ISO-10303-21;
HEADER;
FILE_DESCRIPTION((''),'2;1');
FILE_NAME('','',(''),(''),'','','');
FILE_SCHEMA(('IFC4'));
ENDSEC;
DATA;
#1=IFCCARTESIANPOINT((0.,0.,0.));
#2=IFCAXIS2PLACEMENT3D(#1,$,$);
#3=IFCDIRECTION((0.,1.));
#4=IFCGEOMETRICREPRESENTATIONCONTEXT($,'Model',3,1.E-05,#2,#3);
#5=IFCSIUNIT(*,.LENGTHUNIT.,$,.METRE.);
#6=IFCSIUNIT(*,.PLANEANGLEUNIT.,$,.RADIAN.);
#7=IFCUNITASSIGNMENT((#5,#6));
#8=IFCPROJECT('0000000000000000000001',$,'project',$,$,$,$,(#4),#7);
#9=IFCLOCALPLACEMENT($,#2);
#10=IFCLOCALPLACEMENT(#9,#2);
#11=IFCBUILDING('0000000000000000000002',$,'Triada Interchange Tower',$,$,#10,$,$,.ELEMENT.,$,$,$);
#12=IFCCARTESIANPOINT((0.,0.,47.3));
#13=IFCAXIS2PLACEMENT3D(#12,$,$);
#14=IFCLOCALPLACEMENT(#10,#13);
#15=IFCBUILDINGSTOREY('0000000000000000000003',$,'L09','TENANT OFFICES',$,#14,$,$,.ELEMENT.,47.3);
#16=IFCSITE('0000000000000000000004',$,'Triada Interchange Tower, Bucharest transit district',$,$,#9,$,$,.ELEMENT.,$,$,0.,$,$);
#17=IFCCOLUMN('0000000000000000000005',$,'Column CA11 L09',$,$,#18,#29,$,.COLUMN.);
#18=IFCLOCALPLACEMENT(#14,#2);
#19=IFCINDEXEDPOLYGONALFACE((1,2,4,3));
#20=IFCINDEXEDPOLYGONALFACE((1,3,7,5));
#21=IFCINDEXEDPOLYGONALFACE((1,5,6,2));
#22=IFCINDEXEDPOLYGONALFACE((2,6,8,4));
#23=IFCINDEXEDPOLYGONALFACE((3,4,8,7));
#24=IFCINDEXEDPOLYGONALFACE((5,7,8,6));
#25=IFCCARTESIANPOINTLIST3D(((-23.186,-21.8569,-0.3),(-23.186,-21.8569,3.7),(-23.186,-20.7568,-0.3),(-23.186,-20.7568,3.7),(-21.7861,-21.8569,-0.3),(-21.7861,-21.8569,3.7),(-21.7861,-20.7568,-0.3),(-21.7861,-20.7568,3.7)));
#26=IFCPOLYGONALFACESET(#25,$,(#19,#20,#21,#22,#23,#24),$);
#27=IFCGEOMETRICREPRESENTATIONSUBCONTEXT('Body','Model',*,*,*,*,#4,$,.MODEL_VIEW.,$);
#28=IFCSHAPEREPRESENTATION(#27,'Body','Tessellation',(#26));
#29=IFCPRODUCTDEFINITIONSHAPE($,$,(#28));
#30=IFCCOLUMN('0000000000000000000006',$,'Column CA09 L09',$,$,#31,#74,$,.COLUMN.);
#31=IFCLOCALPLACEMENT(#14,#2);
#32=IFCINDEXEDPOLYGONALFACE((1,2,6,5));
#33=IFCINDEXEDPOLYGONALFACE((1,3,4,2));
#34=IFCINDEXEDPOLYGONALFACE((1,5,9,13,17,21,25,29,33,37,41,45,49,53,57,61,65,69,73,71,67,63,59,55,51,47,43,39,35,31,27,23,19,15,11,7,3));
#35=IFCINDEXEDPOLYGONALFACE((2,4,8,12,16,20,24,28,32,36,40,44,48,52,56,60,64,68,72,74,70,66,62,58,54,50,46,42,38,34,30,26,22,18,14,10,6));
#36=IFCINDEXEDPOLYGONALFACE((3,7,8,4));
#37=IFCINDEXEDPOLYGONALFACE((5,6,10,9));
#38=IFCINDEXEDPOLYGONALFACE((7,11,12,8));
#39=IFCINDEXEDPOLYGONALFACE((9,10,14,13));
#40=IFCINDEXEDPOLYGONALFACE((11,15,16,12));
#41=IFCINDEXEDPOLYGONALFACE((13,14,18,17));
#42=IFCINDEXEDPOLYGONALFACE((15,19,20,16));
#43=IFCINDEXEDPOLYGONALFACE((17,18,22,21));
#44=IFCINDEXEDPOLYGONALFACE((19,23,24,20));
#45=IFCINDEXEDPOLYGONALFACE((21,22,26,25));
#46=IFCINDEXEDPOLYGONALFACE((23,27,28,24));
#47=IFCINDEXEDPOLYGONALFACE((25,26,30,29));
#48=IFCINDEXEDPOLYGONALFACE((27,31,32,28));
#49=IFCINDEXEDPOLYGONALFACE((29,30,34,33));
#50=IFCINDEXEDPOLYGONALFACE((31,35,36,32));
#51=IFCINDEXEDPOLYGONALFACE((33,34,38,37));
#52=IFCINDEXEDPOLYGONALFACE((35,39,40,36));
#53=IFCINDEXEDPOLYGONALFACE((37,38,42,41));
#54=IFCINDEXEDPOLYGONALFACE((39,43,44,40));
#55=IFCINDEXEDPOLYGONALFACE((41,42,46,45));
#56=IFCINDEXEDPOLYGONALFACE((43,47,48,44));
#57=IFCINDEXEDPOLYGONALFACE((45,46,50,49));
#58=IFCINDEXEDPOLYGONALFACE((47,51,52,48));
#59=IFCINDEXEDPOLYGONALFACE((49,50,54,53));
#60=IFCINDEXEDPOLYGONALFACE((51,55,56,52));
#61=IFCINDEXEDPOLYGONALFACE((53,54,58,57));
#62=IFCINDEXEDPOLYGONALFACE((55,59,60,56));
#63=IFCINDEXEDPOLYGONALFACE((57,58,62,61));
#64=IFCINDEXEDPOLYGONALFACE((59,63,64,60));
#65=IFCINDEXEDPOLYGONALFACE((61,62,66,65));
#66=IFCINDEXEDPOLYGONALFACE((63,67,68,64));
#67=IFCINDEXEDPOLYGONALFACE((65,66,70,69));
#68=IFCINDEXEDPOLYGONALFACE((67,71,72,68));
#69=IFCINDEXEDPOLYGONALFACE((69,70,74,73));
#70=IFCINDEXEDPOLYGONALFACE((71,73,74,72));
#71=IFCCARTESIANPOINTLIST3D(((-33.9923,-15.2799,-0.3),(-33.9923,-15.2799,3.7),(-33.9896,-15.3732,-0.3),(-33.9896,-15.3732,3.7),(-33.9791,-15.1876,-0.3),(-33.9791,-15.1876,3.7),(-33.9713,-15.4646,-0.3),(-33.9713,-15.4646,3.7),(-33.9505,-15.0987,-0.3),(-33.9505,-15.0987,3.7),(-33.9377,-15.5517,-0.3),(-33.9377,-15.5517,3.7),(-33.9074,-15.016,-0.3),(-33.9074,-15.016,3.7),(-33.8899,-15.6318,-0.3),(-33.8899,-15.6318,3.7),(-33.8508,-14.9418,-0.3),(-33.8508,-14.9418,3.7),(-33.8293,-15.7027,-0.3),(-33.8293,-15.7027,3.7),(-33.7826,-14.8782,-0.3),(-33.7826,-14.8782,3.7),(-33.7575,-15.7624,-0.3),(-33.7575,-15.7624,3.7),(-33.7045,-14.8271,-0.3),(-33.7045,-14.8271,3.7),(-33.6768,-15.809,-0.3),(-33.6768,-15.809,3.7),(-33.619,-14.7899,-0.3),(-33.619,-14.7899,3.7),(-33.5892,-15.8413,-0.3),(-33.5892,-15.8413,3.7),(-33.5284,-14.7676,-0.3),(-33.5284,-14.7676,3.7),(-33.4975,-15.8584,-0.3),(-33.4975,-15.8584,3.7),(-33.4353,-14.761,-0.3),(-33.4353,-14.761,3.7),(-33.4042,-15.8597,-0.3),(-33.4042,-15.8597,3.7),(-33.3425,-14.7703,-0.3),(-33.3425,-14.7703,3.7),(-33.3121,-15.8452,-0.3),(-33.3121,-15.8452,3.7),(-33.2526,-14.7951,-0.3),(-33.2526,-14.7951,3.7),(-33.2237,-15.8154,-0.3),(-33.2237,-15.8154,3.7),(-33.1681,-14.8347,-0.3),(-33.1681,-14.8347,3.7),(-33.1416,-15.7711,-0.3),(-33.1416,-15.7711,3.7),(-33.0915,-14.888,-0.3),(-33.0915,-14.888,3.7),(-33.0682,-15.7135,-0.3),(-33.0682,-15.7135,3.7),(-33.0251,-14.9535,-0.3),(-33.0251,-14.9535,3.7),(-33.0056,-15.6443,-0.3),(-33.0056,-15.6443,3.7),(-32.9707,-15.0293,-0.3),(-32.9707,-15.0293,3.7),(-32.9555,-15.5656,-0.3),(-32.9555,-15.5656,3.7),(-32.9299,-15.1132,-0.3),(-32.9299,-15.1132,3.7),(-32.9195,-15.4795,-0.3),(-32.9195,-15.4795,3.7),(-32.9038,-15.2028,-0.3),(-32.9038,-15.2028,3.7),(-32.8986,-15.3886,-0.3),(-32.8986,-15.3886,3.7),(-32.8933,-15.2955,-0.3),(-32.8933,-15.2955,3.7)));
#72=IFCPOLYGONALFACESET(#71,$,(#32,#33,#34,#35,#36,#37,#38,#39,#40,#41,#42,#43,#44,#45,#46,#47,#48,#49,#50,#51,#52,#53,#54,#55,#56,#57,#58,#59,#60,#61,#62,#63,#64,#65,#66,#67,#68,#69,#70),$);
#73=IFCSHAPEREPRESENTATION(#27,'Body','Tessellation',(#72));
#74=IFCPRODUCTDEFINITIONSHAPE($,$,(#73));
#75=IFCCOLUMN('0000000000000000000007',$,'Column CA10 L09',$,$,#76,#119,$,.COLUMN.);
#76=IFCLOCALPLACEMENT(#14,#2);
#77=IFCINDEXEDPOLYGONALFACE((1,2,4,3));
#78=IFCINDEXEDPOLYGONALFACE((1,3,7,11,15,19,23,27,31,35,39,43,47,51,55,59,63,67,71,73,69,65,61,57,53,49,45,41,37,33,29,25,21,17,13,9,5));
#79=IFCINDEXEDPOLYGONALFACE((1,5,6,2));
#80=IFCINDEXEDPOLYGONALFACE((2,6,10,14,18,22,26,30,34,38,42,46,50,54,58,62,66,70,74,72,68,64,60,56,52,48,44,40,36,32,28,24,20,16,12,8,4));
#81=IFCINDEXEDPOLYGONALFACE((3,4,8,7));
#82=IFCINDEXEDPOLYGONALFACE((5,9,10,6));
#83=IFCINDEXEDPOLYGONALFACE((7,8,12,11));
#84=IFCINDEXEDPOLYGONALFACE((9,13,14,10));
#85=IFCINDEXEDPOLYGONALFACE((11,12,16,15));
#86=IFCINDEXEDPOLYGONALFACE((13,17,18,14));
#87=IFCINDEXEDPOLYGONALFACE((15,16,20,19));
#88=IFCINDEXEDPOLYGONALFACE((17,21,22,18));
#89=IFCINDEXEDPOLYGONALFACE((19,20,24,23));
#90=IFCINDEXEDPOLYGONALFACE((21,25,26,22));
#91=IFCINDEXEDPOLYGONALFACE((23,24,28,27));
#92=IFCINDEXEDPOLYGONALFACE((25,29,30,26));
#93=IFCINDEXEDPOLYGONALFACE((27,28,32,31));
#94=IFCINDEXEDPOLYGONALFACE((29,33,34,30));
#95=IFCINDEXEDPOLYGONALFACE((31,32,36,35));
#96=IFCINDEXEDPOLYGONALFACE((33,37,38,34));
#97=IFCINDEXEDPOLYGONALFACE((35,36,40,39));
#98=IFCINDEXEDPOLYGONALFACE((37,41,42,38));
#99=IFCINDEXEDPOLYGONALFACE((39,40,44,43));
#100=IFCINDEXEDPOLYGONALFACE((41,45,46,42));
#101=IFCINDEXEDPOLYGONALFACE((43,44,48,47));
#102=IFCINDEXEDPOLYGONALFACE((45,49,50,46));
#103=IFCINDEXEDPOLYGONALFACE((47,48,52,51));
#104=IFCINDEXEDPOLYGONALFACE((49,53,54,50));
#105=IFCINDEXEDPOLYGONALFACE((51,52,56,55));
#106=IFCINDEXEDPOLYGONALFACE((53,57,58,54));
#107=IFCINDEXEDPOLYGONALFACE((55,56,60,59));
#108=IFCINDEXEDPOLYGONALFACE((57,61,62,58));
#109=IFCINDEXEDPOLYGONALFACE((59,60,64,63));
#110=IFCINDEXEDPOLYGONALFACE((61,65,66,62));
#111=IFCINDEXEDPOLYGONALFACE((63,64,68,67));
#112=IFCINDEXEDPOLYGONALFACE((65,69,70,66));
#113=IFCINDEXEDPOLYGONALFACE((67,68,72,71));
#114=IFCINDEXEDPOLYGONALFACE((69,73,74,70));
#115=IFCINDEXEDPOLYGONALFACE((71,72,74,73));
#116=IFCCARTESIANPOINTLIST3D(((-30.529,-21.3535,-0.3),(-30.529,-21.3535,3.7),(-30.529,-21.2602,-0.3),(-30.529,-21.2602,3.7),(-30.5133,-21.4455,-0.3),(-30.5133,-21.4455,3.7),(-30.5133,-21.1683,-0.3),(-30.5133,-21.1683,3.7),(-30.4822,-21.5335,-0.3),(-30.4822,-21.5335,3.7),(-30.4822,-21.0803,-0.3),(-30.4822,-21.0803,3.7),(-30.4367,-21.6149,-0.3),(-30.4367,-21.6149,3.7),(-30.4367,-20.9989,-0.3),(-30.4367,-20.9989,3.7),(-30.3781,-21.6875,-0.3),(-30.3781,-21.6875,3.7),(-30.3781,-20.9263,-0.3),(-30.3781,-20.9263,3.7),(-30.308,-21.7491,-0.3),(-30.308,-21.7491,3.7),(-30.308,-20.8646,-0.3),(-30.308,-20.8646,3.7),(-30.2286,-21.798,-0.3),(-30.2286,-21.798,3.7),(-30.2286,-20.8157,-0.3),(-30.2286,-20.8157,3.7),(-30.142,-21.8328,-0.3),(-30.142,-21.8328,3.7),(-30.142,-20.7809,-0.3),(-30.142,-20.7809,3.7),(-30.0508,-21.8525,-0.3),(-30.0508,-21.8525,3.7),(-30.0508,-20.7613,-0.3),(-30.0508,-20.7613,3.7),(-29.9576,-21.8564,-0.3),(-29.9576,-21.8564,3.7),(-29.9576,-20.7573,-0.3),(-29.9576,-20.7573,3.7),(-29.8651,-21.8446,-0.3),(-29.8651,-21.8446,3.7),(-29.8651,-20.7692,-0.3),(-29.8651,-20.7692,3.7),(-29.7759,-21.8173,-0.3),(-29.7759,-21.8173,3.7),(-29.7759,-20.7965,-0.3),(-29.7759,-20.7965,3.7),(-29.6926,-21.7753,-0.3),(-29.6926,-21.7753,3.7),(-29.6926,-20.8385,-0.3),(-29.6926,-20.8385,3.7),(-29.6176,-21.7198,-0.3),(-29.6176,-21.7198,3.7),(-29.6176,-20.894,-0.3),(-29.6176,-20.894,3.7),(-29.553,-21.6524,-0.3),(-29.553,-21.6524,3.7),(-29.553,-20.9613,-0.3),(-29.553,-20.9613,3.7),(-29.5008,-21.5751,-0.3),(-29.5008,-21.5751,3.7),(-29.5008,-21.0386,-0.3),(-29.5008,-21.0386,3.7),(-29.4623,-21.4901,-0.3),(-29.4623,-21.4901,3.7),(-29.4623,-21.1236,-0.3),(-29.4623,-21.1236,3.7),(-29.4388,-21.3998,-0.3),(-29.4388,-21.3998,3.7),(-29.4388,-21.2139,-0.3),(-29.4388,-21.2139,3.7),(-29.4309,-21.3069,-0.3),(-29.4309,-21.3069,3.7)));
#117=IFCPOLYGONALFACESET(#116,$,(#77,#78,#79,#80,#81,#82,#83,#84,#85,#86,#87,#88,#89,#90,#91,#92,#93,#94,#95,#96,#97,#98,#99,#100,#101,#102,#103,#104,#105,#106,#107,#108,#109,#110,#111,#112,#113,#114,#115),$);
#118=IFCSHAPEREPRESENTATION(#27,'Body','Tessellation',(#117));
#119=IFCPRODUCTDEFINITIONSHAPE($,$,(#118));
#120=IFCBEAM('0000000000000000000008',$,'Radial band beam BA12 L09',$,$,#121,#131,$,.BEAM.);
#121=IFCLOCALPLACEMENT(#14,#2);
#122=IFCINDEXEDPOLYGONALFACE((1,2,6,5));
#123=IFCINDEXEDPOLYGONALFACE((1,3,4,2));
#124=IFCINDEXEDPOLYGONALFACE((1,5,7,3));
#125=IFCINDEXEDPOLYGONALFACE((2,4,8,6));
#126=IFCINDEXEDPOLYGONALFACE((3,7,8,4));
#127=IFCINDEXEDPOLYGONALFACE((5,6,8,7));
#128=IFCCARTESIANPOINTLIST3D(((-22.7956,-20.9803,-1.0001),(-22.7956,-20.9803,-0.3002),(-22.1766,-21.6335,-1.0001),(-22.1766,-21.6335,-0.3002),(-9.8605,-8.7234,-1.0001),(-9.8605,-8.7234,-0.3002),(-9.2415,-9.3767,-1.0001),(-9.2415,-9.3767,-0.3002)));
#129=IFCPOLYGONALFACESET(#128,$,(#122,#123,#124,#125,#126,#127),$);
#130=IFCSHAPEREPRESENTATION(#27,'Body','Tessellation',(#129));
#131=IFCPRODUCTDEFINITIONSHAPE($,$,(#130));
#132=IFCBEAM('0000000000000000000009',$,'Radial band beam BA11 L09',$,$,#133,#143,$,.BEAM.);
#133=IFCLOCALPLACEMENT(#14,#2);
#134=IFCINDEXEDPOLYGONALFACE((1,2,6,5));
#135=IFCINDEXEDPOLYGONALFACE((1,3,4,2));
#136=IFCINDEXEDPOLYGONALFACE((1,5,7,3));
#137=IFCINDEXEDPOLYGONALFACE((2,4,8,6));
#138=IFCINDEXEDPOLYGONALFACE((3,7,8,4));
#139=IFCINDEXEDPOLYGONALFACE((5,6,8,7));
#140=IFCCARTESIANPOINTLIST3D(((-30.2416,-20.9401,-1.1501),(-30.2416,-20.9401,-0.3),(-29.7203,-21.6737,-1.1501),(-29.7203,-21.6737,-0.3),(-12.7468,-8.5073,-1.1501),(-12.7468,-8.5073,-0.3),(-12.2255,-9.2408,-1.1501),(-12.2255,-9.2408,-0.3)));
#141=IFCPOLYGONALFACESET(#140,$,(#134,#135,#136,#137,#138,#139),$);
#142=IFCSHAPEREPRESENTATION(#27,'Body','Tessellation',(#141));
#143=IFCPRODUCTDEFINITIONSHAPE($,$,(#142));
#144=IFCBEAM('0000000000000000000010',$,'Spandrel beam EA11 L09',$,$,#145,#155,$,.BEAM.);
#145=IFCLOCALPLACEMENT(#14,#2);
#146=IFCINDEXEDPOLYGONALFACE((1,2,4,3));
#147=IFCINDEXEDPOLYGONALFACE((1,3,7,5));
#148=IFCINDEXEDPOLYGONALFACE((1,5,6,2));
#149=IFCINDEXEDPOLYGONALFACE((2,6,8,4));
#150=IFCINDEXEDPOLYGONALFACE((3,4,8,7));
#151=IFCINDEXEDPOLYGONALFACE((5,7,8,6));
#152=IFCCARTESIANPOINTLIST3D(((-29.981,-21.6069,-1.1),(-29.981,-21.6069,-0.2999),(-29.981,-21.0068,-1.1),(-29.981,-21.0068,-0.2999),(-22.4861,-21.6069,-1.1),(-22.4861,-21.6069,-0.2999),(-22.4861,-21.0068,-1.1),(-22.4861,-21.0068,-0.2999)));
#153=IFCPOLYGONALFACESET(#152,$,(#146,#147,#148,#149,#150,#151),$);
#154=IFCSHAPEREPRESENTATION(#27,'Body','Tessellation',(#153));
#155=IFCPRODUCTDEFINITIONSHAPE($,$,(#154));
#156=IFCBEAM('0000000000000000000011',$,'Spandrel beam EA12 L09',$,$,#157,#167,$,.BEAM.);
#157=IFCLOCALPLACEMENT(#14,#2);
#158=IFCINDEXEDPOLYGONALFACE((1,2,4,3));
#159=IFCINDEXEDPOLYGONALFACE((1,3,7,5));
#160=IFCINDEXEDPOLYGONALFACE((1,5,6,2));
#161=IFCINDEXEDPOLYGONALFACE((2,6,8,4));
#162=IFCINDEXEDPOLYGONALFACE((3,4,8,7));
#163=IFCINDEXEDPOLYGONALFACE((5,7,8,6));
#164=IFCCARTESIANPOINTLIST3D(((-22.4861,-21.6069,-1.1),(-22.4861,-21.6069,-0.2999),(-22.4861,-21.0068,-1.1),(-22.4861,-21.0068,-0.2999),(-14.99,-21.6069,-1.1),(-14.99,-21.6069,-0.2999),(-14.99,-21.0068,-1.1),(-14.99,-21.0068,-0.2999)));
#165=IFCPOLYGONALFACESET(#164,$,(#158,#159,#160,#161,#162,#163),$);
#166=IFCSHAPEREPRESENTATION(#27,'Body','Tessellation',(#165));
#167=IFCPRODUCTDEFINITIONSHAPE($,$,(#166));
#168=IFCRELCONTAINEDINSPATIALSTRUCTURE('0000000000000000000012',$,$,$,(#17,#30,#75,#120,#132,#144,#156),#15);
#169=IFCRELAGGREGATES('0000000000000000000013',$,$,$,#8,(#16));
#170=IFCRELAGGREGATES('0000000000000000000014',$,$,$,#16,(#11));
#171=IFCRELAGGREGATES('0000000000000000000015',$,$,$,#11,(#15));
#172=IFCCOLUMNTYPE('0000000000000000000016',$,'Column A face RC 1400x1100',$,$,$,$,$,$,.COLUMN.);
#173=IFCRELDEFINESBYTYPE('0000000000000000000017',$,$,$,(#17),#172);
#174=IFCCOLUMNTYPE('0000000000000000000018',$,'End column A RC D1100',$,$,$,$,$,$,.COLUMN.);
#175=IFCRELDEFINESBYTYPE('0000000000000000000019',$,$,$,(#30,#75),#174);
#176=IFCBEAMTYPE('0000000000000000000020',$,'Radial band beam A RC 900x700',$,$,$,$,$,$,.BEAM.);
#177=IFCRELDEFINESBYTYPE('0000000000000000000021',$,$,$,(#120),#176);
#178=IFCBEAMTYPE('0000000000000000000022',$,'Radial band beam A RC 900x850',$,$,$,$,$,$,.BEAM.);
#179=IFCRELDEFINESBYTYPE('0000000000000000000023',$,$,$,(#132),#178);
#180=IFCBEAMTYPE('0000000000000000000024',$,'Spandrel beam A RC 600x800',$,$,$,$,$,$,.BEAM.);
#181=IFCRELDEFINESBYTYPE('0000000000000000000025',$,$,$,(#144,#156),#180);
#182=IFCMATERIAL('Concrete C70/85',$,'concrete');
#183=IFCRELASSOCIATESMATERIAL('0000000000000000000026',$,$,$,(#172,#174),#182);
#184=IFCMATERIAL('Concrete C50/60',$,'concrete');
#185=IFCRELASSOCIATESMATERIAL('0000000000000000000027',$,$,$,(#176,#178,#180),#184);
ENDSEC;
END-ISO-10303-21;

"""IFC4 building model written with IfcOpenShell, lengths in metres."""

from ifc_helpers import new_model, si_unit, direction, frame, origin, origin_2d, place, context, subcontext, project, spatial, rectangle, circle, extrude, material, material_profile, profile_set, type_object, element, save


model = new_model("IFC4")

# Units and contexts
model_context = context("Model", 3, precision=1e-05, world=origin(), true_north=direction((0.0, 1.0)))
body_context = subcontext(model_context, "Body", "Model", "MODEL_VIEW")
ifc_project = project(units=[si_unit("LENGTHUNIT", "METRE"), si_unit("PLANEANGLEUNIT", "RADIAN")], contexts=[model_context])

# Site, building, storey
site_placement = place(None, origin())
site = spatial("IfcSite", under=ifc_project, at=site_placement, Name="Triada Interchange Tower, Bucharest transit district", CompositionType="ELEMENT", RefElevation=0.0)
building_placement = place(site_placement, origin())
building = spatial("IfcBuilding", under=site, at=building_placement, Name="Triada Interchange Tower", CompositionType="ELEMENT")
storey_placement = place(building_placement, frame((0.0, 0.0, 47.3)))
storey = spatial("IfcBuildingStorey", under=building, at=storey_placement, Name="L09", Description="TENANT OFFICES", CompositionType="ELEMENT", Elevation=47.3)

# Columns
ifc_material_1 = material(Name="Concrete C70/85", Category="concrete")
ifc_material_profile_1 = material_profile(ifc_material_1, rectangle(XDim=1.3999, YDim=1.1001, at=origin_2d()), Name="RC 1400x1100")
ifc_profile_set_1 = profile_set([ifc_material_profile_1], Name="Concrete C70/85")
column_type_1 = type_object("IfcColumnType", Name="Column A face RC 1400x1100", PredefinedType="COLUMN", material=ifc_profile_set_1)
column_placement = place(storey_placement, frame((-22.4861, -21.3069, -0.3), z_axis=(0.0, 0.0, 1.0), x_axis=(1.0, 0.0, 0.0)))
element("IfcColumn", 1, at=column_placement, inside=storey, type_object=column_type_1, Name="Column CA11 L09", PredefinedType="COLUMN", context=body_context, shape_type="SweptSolid", body=[
    extrude(rectangle(XDim=1.3999, YDim=1.1001, at=origin_2d()), origin(), (0.0, 0.0, 1.0), 4.0),
])
ifc_material_profile_2 = material_profile(ifc_material_1, circle(Radius=0.55, at=origin_2d()), Name="RC D1100")
ifc_profile_set_2 = profile_set([ifc_material_profile_2], Name="Concrete C70/85")
column_type_2 = type_object("IfcColumnType", Name="End column A RC D1100", PredefinedType="COLUMN", material=ifc_profile_set_2)
for number, where, z_axis, x_axis, name in (
    (2, (-33.4431, -15.311, -0.3), (0.0, 0.0, 1.0), (0.5, 0.866025, 0.0), "Column CA09 L09"),
    (3, (-29.981, -21.3069, -0.3), (0.0, 0.0, 1.0), (1.0, 0.0, 0.0), "Column CA10 L09"),
):
    element("IfcColumn", number, at=place(storey_placement, frame(where, z_axis=z_axis, x_axis=x_axis)), inside=storey, type_object=column_type_2, Name=name, PredefinedType="COLUMN", context=body_context, shape_type="SweptSolid", body=[
        extrude(circle(Radius=0.55, at=origin_2d()), origin(), (0.0, 0.0, 1.0), 4.0),
    ])

# Beams
ifc_material_2 = material(Name="Concrete C50/60", Category="concrete")
ifc_material_profile_3 = material_profile(ifc_material_2, rectangle(XDim=0.8999, YDim=0.7, at=origin_2d()), Name="RC 900x700")
ifc_profile_set_3 = profile_set([ifc_material_profile_3], Name="Concrete C50/60")
beam_type_1 = type_object("IfcBeamType", Name="Radial band beam A RC 900x700", PredefinedType="BEAM", material=ifc_profile_set_3)
beam_1_placement = place(storey_placement, frame((-22.4861, -21.3069, -0.6501), z_axis=(0.725881, 0.687821, 0.0), x_axis=(-0.687821, 0.725881, 0.0)))
element("IfcBeam", 4, at=beam_1_placement, inside=storey, type_object=beam_type_1, Name="Radial band beam BA12 L09", PredefinedType="BEAM", context=body_context, shape_type="SweptSolid", body=[
    extrude(rectangle(XDim=0.8999, YDim=0.7, at=origin_2d()), origin(), (0.0, 0.0, 1.0), 17.8198),
])
ifc_material_profile_4 = material_profile(ifc_material_2, rectangle(XDim=0.8999, YDim=0.8501, at=origin_2d()), Name="RC 900x850")
ifc_profile_set_4 = profile_set([ifc_material_profile_4], Name="Concrete C50/60")
beam_type_2 = type_object("IfcBeamType", Name="Radial band beam A RC 900x850", PredefinedType="BEAM", material=ifc_profile_set_4)
beam_2_placement = place(storey_placement, frame((-29.981, -21.3069, -0.7251), z_axis=(0.81513, 0.579278, 0.0), x_axis=(-0.579278, 0.81513, 0.0)))
element("IfcBeam", 5, at=beam_2_placement, inside=storey, type_object=beam_type_2, Name="Radial band beam BA11 L09", PredefinedType="BEAM", context=body_context, shape_type="SweptSolid", body=[
    extrude(rectangle(XDim=0.8999, YDim=0.8501, at=origin_2d()), origin(), (0.0, 0.0, 1.0), 21.4626),
])
ifc_material_profile_5 = material_profile(ifc_material_2, rectangle(XDim=0.6001, YDim=0.8, at=origin_2d()), Name="RC 600x800")
ifc_profile_set_5 = profile_set([ifc_material_profile_5], Name="Concrete C50/60")
beam_type_3 = type_object("IfcBeamType", Name="Spandrel beam A RC 600x800", PredefinedType="BEAM", material=ifc_profile_set_5)
beam_3_placement = place(storey_placement, frame((-29.981, -21.3069, -0.7), z_axis=(1.0, 0.0, 0.0), x_axis=(0.0, 1.0, 0.0)))
element("IfcBeam", 6, at=beam_3_placement, inside=storey, type_object=beam_type_3, Name="Spandrel beam EA11 L09", PredefinedType="BEAM", context=body_context, shape_type="SweptSolid", body=[
    extrude(rectangle(XDim=0.6001, YDim=0.8, at=origin_2d()), origin(), (0.0, 0.0, 1.0), 7.4949),
])
beam_4_placement = place(storey_placement, frame((-22.4861, -21.3069, -0.7), z_axis=(1.0, 0.0, 0.0), x_axis=(0.0, 1.0, 0.0)))
element("IfcBeam", 7, at=beam_4_placement, inside=storey, type_object=beam_type_3, Name="Spandrel beam EA12 L09", PredefinedType="BEAM", context=body_context, shape_type="SweptSolid", body=[
    extrude(rectangle(XDim=0.6001, YDim=0.8, at=origin_2d()), origin(), (0.0, 0.0, 1.0), 7.4961),
])

save(model, "model.ifc")
